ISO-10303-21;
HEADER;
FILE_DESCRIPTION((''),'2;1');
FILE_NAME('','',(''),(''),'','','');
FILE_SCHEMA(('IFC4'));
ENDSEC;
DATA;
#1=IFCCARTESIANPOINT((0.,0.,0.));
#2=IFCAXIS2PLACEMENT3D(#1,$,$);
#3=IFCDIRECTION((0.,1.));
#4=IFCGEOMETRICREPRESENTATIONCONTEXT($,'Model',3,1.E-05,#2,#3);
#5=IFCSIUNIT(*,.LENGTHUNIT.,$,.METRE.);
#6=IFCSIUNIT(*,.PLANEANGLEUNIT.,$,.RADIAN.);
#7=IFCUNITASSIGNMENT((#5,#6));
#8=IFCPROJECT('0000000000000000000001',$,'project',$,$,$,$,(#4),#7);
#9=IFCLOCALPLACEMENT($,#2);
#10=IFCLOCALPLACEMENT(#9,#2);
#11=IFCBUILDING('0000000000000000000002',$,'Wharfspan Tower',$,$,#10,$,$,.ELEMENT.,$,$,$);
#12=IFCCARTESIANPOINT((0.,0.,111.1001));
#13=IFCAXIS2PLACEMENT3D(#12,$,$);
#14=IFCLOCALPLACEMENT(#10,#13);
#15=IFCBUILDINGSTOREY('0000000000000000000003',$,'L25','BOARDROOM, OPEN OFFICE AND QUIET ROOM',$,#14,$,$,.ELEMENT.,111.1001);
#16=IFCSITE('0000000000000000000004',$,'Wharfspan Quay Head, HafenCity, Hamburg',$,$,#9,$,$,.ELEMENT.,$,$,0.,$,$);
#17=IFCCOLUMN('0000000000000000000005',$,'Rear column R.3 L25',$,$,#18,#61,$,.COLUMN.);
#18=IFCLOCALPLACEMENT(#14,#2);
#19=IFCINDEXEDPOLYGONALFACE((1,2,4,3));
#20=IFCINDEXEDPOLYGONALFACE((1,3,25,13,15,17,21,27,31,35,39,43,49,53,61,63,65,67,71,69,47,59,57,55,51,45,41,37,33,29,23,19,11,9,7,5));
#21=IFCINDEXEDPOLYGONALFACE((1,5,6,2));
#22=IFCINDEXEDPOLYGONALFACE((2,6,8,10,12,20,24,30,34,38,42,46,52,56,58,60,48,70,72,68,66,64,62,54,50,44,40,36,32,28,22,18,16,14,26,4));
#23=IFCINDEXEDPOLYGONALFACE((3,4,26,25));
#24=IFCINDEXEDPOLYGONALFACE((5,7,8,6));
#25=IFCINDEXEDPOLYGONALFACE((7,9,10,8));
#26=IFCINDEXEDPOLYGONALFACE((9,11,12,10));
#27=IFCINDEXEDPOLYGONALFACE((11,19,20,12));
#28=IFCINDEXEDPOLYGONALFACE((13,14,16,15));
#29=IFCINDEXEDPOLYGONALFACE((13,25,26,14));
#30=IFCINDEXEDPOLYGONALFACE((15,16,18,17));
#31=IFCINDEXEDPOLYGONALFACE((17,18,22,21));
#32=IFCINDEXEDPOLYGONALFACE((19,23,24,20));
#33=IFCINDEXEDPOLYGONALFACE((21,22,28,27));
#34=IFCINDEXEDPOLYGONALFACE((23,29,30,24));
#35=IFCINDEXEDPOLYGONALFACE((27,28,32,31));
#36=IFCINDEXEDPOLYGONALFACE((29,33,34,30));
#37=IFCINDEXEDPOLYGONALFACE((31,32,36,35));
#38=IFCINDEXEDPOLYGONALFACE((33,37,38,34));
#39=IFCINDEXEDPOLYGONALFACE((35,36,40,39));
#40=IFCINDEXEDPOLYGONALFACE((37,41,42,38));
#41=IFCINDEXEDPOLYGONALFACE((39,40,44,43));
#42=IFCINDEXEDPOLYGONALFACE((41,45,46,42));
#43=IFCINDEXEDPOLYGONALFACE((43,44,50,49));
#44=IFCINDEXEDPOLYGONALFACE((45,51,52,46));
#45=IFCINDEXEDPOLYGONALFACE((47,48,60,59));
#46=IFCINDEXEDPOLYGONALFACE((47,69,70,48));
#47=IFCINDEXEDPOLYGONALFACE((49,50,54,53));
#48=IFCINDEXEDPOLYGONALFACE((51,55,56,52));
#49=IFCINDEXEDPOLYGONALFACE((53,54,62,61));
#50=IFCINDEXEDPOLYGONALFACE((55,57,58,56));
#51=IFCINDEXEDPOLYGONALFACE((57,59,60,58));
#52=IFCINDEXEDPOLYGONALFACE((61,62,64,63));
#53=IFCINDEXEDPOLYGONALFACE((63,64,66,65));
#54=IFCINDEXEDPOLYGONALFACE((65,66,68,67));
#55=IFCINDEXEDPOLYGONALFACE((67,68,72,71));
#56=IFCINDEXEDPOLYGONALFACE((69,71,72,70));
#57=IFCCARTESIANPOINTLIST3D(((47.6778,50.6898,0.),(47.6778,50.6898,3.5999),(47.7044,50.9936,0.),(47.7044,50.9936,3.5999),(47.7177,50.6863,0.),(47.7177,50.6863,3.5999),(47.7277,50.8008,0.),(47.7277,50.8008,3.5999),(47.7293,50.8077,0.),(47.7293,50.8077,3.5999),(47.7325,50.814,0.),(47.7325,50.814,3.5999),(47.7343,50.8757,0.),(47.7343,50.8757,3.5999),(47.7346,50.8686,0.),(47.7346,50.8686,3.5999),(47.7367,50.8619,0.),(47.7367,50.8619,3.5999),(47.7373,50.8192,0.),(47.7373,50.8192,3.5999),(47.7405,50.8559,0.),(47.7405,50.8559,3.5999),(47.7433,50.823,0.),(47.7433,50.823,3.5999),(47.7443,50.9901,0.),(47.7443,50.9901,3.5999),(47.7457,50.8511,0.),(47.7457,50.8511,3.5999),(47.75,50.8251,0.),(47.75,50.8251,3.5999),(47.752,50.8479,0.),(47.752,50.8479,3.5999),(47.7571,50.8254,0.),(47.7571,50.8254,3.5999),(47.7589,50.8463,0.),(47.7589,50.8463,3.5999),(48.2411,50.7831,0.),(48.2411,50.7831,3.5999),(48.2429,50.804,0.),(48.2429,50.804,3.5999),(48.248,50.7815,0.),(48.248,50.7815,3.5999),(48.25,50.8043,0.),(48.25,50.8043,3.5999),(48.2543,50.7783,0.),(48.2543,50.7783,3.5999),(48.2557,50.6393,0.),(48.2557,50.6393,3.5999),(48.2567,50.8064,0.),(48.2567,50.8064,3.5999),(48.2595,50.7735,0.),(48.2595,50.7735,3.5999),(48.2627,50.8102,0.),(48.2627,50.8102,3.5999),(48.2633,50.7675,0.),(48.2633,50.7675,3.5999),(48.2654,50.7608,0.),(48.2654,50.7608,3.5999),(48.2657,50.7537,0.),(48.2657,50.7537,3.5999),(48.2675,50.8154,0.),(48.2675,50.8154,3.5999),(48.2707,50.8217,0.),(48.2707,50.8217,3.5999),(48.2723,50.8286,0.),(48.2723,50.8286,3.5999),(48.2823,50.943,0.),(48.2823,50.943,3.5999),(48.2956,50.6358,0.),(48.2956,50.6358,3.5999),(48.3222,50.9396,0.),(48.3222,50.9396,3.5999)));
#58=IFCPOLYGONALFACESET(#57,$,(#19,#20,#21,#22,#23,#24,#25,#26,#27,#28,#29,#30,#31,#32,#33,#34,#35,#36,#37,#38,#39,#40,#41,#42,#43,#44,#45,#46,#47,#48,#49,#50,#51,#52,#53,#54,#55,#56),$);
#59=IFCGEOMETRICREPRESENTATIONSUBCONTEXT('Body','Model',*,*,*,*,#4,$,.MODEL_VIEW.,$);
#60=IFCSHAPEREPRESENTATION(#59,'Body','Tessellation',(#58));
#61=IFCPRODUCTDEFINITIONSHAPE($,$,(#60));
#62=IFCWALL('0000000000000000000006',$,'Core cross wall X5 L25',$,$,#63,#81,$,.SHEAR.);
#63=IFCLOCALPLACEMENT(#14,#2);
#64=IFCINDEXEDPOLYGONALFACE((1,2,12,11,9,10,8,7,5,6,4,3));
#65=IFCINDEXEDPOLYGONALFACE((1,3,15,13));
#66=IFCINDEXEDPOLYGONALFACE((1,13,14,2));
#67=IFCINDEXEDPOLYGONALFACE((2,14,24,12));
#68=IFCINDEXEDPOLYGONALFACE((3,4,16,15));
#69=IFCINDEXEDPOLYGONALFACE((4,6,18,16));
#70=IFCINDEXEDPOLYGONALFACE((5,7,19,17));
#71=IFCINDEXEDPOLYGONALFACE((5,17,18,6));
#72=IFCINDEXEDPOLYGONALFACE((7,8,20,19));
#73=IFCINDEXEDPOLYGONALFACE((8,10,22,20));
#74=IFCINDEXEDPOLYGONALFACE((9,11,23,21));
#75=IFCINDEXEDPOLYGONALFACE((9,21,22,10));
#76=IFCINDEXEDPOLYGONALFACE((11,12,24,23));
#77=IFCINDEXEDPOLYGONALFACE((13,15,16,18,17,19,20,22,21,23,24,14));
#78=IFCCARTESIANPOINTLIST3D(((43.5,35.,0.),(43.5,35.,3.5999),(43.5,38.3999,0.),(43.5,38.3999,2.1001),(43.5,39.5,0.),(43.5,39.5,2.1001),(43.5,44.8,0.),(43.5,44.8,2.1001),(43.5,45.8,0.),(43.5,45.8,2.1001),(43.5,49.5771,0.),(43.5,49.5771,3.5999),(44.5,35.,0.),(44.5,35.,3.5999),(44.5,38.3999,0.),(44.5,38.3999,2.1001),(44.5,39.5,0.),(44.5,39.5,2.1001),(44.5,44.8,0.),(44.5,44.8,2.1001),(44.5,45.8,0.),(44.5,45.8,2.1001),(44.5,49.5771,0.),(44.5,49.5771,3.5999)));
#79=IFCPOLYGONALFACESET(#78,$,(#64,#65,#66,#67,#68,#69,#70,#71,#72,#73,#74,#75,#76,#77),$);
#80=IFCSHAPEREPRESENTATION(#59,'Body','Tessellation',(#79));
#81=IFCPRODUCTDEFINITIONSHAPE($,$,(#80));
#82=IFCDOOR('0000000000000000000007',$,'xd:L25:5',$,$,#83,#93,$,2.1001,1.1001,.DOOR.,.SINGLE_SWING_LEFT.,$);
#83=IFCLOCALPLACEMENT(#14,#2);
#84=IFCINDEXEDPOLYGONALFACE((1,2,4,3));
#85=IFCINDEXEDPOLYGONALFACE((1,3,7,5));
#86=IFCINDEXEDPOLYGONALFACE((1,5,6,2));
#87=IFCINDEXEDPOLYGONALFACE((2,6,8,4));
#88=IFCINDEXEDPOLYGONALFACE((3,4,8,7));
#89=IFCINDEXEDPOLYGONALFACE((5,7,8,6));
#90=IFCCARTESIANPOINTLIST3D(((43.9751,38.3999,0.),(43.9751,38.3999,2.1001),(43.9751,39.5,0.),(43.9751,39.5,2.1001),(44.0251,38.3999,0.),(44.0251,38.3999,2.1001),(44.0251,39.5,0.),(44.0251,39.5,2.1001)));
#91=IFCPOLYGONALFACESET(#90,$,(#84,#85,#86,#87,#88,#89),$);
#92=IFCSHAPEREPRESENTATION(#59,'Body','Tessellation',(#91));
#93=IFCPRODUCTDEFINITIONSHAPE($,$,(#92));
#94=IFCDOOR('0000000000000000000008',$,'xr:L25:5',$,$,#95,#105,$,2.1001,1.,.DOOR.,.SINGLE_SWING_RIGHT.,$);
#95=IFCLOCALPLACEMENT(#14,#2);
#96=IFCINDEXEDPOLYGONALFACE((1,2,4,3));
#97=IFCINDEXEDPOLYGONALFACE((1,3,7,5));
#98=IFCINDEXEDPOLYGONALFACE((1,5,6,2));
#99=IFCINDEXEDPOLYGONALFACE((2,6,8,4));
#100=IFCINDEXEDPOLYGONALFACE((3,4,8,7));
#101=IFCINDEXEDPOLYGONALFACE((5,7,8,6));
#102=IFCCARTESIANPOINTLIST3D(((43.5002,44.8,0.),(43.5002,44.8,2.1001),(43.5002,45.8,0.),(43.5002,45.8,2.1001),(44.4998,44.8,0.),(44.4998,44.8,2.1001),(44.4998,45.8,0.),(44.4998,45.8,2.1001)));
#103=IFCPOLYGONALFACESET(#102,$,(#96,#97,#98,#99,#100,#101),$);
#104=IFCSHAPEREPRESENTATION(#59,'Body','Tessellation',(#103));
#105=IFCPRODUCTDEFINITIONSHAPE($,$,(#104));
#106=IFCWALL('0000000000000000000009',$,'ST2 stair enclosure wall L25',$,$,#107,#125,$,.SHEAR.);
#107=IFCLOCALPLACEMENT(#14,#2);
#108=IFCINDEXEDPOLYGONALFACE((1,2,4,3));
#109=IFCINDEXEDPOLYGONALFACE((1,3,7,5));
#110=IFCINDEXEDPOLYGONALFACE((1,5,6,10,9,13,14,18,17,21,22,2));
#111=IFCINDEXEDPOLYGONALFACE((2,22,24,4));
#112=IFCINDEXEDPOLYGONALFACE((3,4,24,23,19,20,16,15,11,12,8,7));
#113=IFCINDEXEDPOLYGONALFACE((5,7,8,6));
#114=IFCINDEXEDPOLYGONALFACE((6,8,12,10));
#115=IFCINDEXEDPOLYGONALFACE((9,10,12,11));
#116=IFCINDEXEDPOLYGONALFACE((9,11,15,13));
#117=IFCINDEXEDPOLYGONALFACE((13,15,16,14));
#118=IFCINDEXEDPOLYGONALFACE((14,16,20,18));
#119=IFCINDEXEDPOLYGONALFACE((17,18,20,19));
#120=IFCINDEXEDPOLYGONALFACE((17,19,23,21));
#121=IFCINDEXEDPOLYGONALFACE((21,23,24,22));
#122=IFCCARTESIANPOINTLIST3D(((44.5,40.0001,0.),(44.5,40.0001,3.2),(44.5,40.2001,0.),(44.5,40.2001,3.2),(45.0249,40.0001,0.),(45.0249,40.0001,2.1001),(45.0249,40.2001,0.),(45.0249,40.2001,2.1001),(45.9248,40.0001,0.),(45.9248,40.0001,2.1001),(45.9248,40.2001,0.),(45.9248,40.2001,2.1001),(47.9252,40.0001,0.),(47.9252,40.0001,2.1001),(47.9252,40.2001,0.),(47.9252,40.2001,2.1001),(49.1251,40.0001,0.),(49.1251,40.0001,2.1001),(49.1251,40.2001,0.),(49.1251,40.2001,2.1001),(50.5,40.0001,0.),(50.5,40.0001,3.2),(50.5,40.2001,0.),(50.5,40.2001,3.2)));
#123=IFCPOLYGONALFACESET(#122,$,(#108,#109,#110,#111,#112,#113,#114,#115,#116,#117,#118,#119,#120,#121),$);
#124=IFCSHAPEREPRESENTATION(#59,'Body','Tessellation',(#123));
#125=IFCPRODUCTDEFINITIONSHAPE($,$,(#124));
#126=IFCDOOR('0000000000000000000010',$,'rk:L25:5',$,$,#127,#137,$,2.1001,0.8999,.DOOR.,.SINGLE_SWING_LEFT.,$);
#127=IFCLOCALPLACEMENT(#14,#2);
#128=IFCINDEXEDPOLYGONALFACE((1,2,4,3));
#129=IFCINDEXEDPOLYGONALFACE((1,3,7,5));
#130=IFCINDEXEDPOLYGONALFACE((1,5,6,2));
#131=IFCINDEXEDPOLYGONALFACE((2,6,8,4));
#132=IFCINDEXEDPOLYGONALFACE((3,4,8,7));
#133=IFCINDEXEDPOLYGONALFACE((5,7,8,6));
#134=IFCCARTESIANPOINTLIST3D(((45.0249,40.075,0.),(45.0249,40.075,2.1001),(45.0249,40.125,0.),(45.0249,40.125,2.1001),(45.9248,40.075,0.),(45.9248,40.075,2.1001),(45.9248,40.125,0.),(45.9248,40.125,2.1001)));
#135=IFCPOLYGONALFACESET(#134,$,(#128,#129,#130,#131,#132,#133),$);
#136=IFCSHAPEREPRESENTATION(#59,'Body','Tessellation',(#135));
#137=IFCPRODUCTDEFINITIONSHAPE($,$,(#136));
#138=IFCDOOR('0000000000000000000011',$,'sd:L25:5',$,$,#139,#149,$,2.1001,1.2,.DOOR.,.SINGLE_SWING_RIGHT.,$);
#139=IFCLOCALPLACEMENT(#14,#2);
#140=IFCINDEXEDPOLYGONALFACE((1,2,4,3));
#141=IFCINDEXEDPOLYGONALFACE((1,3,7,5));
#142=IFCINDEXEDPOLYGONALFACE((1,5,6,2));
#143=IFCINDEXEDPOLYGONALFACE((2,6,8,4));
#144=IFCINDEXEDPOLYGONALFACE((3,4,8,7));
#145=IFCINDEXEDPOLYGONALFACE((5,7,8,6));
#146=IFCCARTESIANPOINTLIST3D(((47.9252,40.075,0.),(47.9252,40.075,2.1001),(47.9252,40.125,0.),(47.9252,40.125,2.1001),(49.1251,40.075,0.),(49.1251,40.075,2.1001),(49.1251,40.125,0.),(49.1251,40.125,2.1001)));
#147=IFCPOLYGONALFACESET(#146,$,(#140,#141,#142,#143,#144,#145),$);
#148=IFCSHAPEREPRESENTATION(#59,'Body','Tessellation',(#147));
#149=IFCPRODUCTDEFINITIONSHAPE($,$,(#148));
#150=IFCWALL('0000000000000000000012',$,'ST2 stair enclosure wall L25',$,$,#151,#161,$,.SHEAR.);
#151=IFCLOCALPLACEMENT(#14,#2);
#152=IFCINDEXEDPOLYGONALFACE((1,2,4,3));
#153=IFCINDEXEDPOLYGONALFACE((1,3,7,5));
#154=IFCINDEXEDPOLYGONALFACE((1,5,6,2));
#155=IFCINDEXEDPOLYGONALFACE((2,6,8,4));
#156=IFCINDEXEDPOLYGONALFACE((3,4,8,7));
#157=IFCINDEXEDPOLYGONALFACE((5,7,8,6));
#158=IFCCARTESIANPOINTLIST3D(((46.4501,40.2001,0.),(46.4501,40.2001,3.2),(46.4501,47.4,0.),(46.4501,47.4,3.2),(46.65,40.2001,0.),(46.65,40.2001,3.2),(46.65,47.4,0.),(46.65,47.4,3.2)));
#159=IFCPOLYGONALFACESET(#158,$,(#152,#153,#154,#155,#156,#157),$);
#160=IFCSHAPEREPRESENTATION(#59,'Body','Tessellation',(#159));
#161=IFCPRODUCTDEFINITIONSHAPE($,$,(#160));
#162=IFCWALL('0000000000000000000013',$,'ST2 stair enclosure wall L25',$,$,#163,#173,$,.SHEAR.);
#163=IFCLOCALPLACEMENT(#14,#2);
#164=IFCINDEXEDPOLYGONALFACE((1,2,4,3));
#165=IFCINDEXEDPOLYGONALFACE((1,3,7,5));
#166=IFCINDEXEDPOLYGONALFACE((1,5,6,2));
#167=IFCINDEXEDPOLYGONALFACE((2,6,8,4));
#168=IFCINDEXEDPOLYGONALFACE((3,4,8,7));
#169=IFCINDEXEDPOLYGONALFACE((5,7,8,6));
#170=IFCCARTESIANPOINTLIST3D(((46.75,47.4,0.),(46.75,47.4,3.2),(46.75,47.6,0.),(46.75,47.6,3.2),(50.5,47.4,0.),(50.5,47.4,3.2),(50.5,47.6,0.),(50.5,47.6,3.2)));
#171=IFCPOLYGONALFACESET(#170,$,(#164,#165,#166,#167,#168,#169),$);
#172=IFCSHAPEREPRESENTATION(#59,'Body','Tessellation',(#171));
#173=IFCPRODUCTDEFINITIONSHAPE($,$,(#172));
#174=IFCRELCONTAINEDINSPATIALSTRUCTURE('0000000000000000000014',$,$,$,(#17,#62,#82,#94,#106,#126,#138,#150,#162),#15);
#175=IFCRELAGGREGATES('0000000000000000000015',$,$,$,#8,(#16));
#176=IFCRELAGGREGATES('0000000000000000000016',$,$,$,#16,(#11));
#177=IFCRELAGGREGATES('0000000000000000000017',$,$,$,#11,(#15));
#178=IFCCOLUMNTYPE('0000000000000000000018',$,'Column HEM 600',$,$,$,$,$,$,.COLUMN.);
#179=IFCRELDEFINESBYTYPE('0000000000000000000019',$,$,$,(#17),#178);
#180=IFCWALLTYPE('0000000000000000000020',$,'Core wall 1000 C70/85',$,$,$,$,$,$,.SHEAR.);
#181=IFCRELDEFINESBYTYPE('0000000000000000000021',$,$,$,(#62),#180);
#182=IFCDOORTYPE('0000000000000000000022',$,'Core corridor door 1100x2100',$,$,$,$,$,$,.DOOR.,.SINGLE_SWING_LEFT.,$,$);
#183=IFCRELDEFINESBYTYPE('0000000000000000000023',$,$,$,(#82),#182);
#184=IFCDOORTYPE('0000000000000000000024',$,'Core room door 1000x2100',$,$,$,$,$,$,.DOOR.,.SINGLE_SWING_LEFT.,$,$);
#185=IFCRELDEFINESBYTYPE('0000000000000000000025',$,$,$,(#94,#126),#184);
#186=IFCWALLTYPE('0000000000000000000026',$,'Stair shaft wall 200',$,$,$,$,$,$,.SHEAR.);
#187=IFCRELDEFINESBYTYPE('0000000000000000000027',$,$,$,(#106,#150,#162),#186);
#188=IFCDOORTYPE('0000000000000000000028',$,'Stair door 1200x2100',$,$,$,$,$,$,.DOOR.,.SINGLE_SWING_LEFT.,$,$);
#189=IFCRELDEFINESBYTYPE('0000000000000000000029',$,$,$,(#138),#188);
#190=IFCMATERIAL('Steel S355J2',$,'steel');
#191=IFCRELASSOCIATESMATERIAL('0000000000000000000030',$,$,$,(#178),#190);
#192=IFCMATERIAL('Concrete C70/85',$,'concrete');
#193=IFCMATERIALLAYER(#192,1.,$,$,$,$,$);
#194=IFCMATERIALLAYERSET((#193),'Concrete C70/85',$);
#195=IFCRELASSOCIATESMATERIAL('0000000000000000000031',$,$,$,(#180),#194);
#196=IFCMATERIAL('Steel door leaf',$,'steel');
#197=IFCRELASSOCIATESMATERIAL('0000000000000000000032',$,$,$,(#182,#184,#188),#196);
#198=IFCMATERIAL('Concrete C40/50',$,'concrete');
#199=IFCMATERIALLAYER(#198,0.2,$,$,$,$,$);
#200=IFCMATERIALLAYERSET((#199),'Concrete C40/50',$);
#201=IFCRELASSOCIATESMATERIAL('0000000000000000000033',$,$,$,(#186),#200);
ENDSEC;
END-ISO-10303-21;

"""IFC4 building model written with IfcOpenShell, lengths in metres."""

from ifc_helpers import new_model, si_unit, direction, frame, frame_2d, origin, origin_2d, place, context, subcontext, project, spatial, rectangle, i_section, extrude, material, layer, layer_set, material_profile, profile_set, type_object, element, fill, save


model = new_model("IFC4")

# Units and contexts
model_context = context("Model", 3, precision=1e-05, world=origin(), true_north=direction((0.0, 1.0)))
body_context = subcontext(model_context, "Body", "Model", "MODEL_VIEW")
ifc_project = project(units=[si_unit("LENGTHUNIT", "METRE"), si_unit("PLANEANGLEUNIT", "RADIAN")], contexts=[model_context])

# Site, building, storey
site_placement = place(None, origin())
site = spatial("IfcSite", under=ifc_project, at=site_placement, Name="Wharfspan Quay Head, HafenCity, Hamburg", CompositionType="ELEMENT", RefElevation=0.0)
building_placement = place(site_placement, origin())
building = spatial("IfcBuilding", under=site, at=building_placement, Name="Wharfspan Tower", CompositionType="ELEMENT")
storey_placement = place(building_placement, frame((0.0, 0.0, 111.1001)))
storey = spatial("IfcBuildingStorey", under=building, at=storey_placement, Name="L25", Description="BOARDROOM, OPEN OFFICE AND QUIET ROOM", CompositionType="ELEMENT", Elevation=111.1001)

# Column
ifc_material_1 = material(Name="Steel S355J2", Category="steel")
ifc_material_profile_1 = material_profile(ifc_material_1, i_section(OverallWidth=0.3049, OverallDepth=0.6201, WebThickness=0.021, FlangeThickness=0.04, FilletRadius=0.0271, at=origin_2d()))
ifc_profile_set_1 = profile_set([ifc_material_profile_1], Name="Steel S355J2")
column_type = type_object("IfcColumnType", Name="Column HEM 600", PredefinedType="COLUMN", material=ifc_profile_set_1)
column_placement = place(storey_placement, frame((48.0, 50.8147, 0.0), z_axis=(0.0, 0.0, 1.0), x_axis=(0.087156, 0.996198, 0.0)))
element("IfcColumn", 1, at=column_placement, inside=storey, type_object=column_type, Name="Rear column R.3 L25", PredefinedType="COLUMN", context=body_context, shape_type="SweptSolid", body=[
    extrude(i_section(OverallWidth=0.3049, OverallDepth=0.6201, WebThickness=0.021, FlangeThickness=0.04, FilletRadius=0.0271, at=origin_2d()), origin(), (0.0, 0.0, 1.0), 3.5999),
])

# Walls, openings, doors
ifc_material_2 = material(Name="Concrete C70/85", Category="concrete")
ifc_layer_1 = layer(ifc_material_2, 1.0)
ifc_layer_set_1 = layer_set([ifc_layer_1], Name="Concrete C70/85")
wall_type_1 = type_object("IfcWallType", Name="Core wall 1000 C70/85", PredefinedType="SHEAR", material=ifc_layer_set_1)
wall_1_placement = place(storey_placement, frame((44.0, 35.0, 0.0), z_axis=(0.0, 0.0, 1.0), x_axis=(0.0, 1.0, 0.0)))
wall_1 = element("IfcWall", 2, at=wall_1_placement, inside=storey, type_object=wall_type_1, Name="Core cross wall X5 L25", PredefinedType="SHEAR", context=body_context, shape_type="SweptSolid", body=[
    extrude(rectangle(XDim=14.5771, YDim=1.0, at=frame_2d((7.2886, 0.0))), origin(), (0.0, 0.0, 1.0), 3.5999),
])
opening_1_placement = place(wall_1_placement, frame((3.3999, 0.0, 0.0)))
opening_1 = element("IfcOpeningElement", 3, at=opening_1_placement, cuts=wall_1, PredefinedType="OPENING", context=body_context, shape_type="SweptSolid", body=[
    extrude(rectangle(XDim=1.1001, YDim=2.1001, at=frame_2d((0.55, 1.05))), frame((0.0, 0.51, 0.0), z_axis=(0.0, -1.0, 0.0), x_axis=(1.0, 0.0, 0.0)), (0.0, 0.0, 1.0), 1.02),
])
opening_2_placement = place(wall_1_placement, frame((9.8, 0.0, 0.0)))
opening_2 = element("IfcOpeningElement", 4, at=opening_2_placement, cuts=wall_1, PredefinedType="OPENING", context=body_context, shape_type="SweptSolid", body=[
    extrude(rectangle(XDim=1.0, YDim=2.1001, at=frame_2d((0.5, 1.05))), frame((0.0, 0.51, 0.0), z_axis=(0.0, -1.0, 0.0), x_axis=(1.0, 0.0, 0.0)), (0.0, 0.0, 1.0), 1.02),
])
ifc_material_3 = material(Name="Steel door leaf", Category="steel")
door_type_1 = type_object("IfcDoorType", Name="Core corridor door 1100x2100", OperationType="SINGLE_SWING_LEFT", PredefinedType="DOOR", material=ifc_material_3)
door_1_placement = place(opening_1_placement, origin())
door_1 = element("IfcDoor", 5, at=door_1_placement, inside=storey, type_object=door_type_1, Name="xd:L25:5", OperationType="SINGLE_SWING_LEFT", OverallHeight=2.1001, OverallWidth=1.1001, PredefinedType="DOOR", context=body_context, shape_type="SweptSolid", body=[
    extrude(rectangle(XDim=1.1001, YDim=2.1001, at=frame_2d((0.55, 1.05))), frame((0.0, 0.0249, 0.0), z_axis=(0.0, -1.0, 0.0), x_axis=(1.0, 0.0, 0.0)), (0.0, 0.0, 1.0), 0.05),
])
fill(opening_1, door_1)
door_type_2 = type_object("IfcDoorType", Name="Core room door 1000x2100", OperationType="SINGLE_SWING_LEFT", PredefinedType="DOOR", material=ifc_material_3)
door_2_placement = place(opening_2_placement, origin())
door_2 = element("IfcDoor", 6, at=door_2_placement, inside=storey, type_object=door_type_2, Name="xr:L25:5", OperationType="SINGLE_SWING_RIGHT", OverallHeight=2.1001, OverallWidth=1.0, PredefinedType="DOOR", context=body_context, shape_type="SweptSolid", body=[
    extrude(rectangle(XDim=1.0, YDim=2.1001, at=frame_2d((0.5, 1.05))), frame((0.0, 0.4998, 0.0), z_axis=(0.0, -1.0, 0.0), x_axis=(1.0, 0.0, 0.0)), (0.0, 0.0, 1.0), 0.9995),
])
fill(opening_2, door_2)
ifc_material_4 = material(Name="Concrete C40/50", Category="concrete")
ifc_layer_2 = layer(ifc_material_4, 0.2)
ifc_layer_set_2 = layer_set([ifc_layer_2], Name="Concrete C40/50")
wall_type_2 = type_object("IfcWallType", Name="Stair shaft wall 200", PredefinedType="SHEAR", material=ifc_layer_set_2)
wall_2_placement = place(storey_placement, frame((44.5, 40.1001, 0.0), z_axis=(0.0, 0.0, 1.0), x_axis=(1.0, 0.0, 0.0)))
wall_2 = element("IfcWall", 7, at=wall_2_placement, inside=storey, type_object=wall_type_2, Name="ST2 stair enclosure wall L25", PredefinedType="SHEAR", context=body_context, shape_type="SweptSolid", body=[
    extrude(rectangle(XDim=6.0, YDim=0.2, at=frame_2d((3.0, 0.0))), origin(), (0.0, 0.0, 1.0), 3.2),
])
opening_3_placement = place(wall_2_placement, frame((3.425, 0.0, 0.0)))
opening_3 = element("IfcOpeningElement", 8, at=opening_3_placement, cuts=wall_2, PredefinedType="OPENING", context=body_context, shape_type="SweptSolid", body=[
    extrude(rectangle(XDim=1.2, YDim=2.1001, at=frame_2d((0.6001, 1.05))), frame((0.0, 0.1099, 0.0), z_axis=(0.0, -1.0, 0.0), x_axis=(1.0, 0.0, 0.0)), (0.0, 0.0, 1.0), 0.22),
])
opening_4_placement = place(wall_2_placement, frame((0.5249, 0.0, 0.0)))
opening_4 = element("IfcOpeningElement", 9, at=opening_4_placement, cuts=wall_2, PredefinedType="OPENING", context=body_context, shape_type="SweptSolid", body=[
    extrude(rectangle(XDim=0.8999, YDim=2.1001, at=frame_2d((0.45, 1.05))), frame((0.0, 0.1099, 0.0), z_axis=(0.0, -1.0, 0.0), x_axis=(1.0, 0.0, 0.0)), (0.0, 0.0, 1.0), 0.22),
])
door_3_placement = place(opening_4_placement, origin())
door_3 = element("IfcDoor", 10, at=door_3_placement, inside=storey, type_object=door_type_2, Name="rk:L25:5", OperationType="SINGLE_SWING_LEFT", OverallHeight=2.1001, OverallWidth=0.8999, PredefinedType="DOOR", context=body_context, shape_type="SweptSolid", body=[
    extrude(rectangle(XDim=0.8999, YDim=2.1001, at=frame_2d((0.45, 1.05))), frame((0.0, 0.0249, 0.0), z_axis=(0.0, -1.0, 0.0), x_axis=(1.0, 0.0, 0.0)), (0.0, 0.0, 1.0), 0.05),
])
fill(opening_4, door_3)
door_type_3 = type_object("IfcDoorType", Name="Stair door 1200x2100", OperationType="SINGLE_SWING_LEFT", PredefinedType="DOOR", material=ifc_material_3)
door_4_placement = place(opening_3_placement, origin())
door_4 = element("IfcDoor", 11, at=door_4_placement, inside=storey, type_object=door_type_3, Name="sd:L25:5", OperationType="SINGLE_SWING_RIGHT", OverallHeight=2.1001, OverallWidth=1.2, PredefinedType="DOOR", context=body_context, shape_type="SweptSolid", body=[
    extrude(rectangle(XDim=1.2, YDim=2.1001, at=frame_2d((0.6001, 1.05))), frame((0.0, 0.0249, 0.0), z_axis=(0.0, -1.0, 0.0), x_axis=(1.0, 0.0, 0.0)), (0.0, 0.0, 1.0), 0.05),
])
fill(opening_3, door_4)

# Walls
wall_3_placement = place(storey_placement, frame((46.55, 40.2, 0.0), z_axis=(0.0, 0.0, 1.0), x_axis=(0.0, 1.0, 0.0)))
element("IfcWall", 12, at=wall_3_placement, inside=storey, type_object=wall_type_2, Name="ST2 stair enclosure wall L25", PredefinedType="SHEAR", context=body_context, shape_type="SweptSolid", body=[
    extrude(rectangle(XDim=7.2, YDim=0.2, at=frame_2d((3.6001, 0.0))), origin(), (0.0, 0.0, 1.0), 3.2),
])
wall_4_placement = place(storey_placement, frame((46.75, 47.5, 0.0), z_axis=(0.0, 0.0, 1.0), x_axis=(1.0, 0.0, 0.0)))
element("IfcWall", 13, at=wall_4_placement, inside=storey, type_object=wall_type_2, Name="ST2 stair enclosure wall L25", PredefinedType="SHEAR", context=body_context, shape_type="SweptSolid", body=[
    extrude(rectangle(XDim=3.75, YDim=0.2, at=frame_2d((1.875, 0.0))), origin(), (0.0, 0.0, 1.0), 3.2),
])

save(model, "model.ifc")
